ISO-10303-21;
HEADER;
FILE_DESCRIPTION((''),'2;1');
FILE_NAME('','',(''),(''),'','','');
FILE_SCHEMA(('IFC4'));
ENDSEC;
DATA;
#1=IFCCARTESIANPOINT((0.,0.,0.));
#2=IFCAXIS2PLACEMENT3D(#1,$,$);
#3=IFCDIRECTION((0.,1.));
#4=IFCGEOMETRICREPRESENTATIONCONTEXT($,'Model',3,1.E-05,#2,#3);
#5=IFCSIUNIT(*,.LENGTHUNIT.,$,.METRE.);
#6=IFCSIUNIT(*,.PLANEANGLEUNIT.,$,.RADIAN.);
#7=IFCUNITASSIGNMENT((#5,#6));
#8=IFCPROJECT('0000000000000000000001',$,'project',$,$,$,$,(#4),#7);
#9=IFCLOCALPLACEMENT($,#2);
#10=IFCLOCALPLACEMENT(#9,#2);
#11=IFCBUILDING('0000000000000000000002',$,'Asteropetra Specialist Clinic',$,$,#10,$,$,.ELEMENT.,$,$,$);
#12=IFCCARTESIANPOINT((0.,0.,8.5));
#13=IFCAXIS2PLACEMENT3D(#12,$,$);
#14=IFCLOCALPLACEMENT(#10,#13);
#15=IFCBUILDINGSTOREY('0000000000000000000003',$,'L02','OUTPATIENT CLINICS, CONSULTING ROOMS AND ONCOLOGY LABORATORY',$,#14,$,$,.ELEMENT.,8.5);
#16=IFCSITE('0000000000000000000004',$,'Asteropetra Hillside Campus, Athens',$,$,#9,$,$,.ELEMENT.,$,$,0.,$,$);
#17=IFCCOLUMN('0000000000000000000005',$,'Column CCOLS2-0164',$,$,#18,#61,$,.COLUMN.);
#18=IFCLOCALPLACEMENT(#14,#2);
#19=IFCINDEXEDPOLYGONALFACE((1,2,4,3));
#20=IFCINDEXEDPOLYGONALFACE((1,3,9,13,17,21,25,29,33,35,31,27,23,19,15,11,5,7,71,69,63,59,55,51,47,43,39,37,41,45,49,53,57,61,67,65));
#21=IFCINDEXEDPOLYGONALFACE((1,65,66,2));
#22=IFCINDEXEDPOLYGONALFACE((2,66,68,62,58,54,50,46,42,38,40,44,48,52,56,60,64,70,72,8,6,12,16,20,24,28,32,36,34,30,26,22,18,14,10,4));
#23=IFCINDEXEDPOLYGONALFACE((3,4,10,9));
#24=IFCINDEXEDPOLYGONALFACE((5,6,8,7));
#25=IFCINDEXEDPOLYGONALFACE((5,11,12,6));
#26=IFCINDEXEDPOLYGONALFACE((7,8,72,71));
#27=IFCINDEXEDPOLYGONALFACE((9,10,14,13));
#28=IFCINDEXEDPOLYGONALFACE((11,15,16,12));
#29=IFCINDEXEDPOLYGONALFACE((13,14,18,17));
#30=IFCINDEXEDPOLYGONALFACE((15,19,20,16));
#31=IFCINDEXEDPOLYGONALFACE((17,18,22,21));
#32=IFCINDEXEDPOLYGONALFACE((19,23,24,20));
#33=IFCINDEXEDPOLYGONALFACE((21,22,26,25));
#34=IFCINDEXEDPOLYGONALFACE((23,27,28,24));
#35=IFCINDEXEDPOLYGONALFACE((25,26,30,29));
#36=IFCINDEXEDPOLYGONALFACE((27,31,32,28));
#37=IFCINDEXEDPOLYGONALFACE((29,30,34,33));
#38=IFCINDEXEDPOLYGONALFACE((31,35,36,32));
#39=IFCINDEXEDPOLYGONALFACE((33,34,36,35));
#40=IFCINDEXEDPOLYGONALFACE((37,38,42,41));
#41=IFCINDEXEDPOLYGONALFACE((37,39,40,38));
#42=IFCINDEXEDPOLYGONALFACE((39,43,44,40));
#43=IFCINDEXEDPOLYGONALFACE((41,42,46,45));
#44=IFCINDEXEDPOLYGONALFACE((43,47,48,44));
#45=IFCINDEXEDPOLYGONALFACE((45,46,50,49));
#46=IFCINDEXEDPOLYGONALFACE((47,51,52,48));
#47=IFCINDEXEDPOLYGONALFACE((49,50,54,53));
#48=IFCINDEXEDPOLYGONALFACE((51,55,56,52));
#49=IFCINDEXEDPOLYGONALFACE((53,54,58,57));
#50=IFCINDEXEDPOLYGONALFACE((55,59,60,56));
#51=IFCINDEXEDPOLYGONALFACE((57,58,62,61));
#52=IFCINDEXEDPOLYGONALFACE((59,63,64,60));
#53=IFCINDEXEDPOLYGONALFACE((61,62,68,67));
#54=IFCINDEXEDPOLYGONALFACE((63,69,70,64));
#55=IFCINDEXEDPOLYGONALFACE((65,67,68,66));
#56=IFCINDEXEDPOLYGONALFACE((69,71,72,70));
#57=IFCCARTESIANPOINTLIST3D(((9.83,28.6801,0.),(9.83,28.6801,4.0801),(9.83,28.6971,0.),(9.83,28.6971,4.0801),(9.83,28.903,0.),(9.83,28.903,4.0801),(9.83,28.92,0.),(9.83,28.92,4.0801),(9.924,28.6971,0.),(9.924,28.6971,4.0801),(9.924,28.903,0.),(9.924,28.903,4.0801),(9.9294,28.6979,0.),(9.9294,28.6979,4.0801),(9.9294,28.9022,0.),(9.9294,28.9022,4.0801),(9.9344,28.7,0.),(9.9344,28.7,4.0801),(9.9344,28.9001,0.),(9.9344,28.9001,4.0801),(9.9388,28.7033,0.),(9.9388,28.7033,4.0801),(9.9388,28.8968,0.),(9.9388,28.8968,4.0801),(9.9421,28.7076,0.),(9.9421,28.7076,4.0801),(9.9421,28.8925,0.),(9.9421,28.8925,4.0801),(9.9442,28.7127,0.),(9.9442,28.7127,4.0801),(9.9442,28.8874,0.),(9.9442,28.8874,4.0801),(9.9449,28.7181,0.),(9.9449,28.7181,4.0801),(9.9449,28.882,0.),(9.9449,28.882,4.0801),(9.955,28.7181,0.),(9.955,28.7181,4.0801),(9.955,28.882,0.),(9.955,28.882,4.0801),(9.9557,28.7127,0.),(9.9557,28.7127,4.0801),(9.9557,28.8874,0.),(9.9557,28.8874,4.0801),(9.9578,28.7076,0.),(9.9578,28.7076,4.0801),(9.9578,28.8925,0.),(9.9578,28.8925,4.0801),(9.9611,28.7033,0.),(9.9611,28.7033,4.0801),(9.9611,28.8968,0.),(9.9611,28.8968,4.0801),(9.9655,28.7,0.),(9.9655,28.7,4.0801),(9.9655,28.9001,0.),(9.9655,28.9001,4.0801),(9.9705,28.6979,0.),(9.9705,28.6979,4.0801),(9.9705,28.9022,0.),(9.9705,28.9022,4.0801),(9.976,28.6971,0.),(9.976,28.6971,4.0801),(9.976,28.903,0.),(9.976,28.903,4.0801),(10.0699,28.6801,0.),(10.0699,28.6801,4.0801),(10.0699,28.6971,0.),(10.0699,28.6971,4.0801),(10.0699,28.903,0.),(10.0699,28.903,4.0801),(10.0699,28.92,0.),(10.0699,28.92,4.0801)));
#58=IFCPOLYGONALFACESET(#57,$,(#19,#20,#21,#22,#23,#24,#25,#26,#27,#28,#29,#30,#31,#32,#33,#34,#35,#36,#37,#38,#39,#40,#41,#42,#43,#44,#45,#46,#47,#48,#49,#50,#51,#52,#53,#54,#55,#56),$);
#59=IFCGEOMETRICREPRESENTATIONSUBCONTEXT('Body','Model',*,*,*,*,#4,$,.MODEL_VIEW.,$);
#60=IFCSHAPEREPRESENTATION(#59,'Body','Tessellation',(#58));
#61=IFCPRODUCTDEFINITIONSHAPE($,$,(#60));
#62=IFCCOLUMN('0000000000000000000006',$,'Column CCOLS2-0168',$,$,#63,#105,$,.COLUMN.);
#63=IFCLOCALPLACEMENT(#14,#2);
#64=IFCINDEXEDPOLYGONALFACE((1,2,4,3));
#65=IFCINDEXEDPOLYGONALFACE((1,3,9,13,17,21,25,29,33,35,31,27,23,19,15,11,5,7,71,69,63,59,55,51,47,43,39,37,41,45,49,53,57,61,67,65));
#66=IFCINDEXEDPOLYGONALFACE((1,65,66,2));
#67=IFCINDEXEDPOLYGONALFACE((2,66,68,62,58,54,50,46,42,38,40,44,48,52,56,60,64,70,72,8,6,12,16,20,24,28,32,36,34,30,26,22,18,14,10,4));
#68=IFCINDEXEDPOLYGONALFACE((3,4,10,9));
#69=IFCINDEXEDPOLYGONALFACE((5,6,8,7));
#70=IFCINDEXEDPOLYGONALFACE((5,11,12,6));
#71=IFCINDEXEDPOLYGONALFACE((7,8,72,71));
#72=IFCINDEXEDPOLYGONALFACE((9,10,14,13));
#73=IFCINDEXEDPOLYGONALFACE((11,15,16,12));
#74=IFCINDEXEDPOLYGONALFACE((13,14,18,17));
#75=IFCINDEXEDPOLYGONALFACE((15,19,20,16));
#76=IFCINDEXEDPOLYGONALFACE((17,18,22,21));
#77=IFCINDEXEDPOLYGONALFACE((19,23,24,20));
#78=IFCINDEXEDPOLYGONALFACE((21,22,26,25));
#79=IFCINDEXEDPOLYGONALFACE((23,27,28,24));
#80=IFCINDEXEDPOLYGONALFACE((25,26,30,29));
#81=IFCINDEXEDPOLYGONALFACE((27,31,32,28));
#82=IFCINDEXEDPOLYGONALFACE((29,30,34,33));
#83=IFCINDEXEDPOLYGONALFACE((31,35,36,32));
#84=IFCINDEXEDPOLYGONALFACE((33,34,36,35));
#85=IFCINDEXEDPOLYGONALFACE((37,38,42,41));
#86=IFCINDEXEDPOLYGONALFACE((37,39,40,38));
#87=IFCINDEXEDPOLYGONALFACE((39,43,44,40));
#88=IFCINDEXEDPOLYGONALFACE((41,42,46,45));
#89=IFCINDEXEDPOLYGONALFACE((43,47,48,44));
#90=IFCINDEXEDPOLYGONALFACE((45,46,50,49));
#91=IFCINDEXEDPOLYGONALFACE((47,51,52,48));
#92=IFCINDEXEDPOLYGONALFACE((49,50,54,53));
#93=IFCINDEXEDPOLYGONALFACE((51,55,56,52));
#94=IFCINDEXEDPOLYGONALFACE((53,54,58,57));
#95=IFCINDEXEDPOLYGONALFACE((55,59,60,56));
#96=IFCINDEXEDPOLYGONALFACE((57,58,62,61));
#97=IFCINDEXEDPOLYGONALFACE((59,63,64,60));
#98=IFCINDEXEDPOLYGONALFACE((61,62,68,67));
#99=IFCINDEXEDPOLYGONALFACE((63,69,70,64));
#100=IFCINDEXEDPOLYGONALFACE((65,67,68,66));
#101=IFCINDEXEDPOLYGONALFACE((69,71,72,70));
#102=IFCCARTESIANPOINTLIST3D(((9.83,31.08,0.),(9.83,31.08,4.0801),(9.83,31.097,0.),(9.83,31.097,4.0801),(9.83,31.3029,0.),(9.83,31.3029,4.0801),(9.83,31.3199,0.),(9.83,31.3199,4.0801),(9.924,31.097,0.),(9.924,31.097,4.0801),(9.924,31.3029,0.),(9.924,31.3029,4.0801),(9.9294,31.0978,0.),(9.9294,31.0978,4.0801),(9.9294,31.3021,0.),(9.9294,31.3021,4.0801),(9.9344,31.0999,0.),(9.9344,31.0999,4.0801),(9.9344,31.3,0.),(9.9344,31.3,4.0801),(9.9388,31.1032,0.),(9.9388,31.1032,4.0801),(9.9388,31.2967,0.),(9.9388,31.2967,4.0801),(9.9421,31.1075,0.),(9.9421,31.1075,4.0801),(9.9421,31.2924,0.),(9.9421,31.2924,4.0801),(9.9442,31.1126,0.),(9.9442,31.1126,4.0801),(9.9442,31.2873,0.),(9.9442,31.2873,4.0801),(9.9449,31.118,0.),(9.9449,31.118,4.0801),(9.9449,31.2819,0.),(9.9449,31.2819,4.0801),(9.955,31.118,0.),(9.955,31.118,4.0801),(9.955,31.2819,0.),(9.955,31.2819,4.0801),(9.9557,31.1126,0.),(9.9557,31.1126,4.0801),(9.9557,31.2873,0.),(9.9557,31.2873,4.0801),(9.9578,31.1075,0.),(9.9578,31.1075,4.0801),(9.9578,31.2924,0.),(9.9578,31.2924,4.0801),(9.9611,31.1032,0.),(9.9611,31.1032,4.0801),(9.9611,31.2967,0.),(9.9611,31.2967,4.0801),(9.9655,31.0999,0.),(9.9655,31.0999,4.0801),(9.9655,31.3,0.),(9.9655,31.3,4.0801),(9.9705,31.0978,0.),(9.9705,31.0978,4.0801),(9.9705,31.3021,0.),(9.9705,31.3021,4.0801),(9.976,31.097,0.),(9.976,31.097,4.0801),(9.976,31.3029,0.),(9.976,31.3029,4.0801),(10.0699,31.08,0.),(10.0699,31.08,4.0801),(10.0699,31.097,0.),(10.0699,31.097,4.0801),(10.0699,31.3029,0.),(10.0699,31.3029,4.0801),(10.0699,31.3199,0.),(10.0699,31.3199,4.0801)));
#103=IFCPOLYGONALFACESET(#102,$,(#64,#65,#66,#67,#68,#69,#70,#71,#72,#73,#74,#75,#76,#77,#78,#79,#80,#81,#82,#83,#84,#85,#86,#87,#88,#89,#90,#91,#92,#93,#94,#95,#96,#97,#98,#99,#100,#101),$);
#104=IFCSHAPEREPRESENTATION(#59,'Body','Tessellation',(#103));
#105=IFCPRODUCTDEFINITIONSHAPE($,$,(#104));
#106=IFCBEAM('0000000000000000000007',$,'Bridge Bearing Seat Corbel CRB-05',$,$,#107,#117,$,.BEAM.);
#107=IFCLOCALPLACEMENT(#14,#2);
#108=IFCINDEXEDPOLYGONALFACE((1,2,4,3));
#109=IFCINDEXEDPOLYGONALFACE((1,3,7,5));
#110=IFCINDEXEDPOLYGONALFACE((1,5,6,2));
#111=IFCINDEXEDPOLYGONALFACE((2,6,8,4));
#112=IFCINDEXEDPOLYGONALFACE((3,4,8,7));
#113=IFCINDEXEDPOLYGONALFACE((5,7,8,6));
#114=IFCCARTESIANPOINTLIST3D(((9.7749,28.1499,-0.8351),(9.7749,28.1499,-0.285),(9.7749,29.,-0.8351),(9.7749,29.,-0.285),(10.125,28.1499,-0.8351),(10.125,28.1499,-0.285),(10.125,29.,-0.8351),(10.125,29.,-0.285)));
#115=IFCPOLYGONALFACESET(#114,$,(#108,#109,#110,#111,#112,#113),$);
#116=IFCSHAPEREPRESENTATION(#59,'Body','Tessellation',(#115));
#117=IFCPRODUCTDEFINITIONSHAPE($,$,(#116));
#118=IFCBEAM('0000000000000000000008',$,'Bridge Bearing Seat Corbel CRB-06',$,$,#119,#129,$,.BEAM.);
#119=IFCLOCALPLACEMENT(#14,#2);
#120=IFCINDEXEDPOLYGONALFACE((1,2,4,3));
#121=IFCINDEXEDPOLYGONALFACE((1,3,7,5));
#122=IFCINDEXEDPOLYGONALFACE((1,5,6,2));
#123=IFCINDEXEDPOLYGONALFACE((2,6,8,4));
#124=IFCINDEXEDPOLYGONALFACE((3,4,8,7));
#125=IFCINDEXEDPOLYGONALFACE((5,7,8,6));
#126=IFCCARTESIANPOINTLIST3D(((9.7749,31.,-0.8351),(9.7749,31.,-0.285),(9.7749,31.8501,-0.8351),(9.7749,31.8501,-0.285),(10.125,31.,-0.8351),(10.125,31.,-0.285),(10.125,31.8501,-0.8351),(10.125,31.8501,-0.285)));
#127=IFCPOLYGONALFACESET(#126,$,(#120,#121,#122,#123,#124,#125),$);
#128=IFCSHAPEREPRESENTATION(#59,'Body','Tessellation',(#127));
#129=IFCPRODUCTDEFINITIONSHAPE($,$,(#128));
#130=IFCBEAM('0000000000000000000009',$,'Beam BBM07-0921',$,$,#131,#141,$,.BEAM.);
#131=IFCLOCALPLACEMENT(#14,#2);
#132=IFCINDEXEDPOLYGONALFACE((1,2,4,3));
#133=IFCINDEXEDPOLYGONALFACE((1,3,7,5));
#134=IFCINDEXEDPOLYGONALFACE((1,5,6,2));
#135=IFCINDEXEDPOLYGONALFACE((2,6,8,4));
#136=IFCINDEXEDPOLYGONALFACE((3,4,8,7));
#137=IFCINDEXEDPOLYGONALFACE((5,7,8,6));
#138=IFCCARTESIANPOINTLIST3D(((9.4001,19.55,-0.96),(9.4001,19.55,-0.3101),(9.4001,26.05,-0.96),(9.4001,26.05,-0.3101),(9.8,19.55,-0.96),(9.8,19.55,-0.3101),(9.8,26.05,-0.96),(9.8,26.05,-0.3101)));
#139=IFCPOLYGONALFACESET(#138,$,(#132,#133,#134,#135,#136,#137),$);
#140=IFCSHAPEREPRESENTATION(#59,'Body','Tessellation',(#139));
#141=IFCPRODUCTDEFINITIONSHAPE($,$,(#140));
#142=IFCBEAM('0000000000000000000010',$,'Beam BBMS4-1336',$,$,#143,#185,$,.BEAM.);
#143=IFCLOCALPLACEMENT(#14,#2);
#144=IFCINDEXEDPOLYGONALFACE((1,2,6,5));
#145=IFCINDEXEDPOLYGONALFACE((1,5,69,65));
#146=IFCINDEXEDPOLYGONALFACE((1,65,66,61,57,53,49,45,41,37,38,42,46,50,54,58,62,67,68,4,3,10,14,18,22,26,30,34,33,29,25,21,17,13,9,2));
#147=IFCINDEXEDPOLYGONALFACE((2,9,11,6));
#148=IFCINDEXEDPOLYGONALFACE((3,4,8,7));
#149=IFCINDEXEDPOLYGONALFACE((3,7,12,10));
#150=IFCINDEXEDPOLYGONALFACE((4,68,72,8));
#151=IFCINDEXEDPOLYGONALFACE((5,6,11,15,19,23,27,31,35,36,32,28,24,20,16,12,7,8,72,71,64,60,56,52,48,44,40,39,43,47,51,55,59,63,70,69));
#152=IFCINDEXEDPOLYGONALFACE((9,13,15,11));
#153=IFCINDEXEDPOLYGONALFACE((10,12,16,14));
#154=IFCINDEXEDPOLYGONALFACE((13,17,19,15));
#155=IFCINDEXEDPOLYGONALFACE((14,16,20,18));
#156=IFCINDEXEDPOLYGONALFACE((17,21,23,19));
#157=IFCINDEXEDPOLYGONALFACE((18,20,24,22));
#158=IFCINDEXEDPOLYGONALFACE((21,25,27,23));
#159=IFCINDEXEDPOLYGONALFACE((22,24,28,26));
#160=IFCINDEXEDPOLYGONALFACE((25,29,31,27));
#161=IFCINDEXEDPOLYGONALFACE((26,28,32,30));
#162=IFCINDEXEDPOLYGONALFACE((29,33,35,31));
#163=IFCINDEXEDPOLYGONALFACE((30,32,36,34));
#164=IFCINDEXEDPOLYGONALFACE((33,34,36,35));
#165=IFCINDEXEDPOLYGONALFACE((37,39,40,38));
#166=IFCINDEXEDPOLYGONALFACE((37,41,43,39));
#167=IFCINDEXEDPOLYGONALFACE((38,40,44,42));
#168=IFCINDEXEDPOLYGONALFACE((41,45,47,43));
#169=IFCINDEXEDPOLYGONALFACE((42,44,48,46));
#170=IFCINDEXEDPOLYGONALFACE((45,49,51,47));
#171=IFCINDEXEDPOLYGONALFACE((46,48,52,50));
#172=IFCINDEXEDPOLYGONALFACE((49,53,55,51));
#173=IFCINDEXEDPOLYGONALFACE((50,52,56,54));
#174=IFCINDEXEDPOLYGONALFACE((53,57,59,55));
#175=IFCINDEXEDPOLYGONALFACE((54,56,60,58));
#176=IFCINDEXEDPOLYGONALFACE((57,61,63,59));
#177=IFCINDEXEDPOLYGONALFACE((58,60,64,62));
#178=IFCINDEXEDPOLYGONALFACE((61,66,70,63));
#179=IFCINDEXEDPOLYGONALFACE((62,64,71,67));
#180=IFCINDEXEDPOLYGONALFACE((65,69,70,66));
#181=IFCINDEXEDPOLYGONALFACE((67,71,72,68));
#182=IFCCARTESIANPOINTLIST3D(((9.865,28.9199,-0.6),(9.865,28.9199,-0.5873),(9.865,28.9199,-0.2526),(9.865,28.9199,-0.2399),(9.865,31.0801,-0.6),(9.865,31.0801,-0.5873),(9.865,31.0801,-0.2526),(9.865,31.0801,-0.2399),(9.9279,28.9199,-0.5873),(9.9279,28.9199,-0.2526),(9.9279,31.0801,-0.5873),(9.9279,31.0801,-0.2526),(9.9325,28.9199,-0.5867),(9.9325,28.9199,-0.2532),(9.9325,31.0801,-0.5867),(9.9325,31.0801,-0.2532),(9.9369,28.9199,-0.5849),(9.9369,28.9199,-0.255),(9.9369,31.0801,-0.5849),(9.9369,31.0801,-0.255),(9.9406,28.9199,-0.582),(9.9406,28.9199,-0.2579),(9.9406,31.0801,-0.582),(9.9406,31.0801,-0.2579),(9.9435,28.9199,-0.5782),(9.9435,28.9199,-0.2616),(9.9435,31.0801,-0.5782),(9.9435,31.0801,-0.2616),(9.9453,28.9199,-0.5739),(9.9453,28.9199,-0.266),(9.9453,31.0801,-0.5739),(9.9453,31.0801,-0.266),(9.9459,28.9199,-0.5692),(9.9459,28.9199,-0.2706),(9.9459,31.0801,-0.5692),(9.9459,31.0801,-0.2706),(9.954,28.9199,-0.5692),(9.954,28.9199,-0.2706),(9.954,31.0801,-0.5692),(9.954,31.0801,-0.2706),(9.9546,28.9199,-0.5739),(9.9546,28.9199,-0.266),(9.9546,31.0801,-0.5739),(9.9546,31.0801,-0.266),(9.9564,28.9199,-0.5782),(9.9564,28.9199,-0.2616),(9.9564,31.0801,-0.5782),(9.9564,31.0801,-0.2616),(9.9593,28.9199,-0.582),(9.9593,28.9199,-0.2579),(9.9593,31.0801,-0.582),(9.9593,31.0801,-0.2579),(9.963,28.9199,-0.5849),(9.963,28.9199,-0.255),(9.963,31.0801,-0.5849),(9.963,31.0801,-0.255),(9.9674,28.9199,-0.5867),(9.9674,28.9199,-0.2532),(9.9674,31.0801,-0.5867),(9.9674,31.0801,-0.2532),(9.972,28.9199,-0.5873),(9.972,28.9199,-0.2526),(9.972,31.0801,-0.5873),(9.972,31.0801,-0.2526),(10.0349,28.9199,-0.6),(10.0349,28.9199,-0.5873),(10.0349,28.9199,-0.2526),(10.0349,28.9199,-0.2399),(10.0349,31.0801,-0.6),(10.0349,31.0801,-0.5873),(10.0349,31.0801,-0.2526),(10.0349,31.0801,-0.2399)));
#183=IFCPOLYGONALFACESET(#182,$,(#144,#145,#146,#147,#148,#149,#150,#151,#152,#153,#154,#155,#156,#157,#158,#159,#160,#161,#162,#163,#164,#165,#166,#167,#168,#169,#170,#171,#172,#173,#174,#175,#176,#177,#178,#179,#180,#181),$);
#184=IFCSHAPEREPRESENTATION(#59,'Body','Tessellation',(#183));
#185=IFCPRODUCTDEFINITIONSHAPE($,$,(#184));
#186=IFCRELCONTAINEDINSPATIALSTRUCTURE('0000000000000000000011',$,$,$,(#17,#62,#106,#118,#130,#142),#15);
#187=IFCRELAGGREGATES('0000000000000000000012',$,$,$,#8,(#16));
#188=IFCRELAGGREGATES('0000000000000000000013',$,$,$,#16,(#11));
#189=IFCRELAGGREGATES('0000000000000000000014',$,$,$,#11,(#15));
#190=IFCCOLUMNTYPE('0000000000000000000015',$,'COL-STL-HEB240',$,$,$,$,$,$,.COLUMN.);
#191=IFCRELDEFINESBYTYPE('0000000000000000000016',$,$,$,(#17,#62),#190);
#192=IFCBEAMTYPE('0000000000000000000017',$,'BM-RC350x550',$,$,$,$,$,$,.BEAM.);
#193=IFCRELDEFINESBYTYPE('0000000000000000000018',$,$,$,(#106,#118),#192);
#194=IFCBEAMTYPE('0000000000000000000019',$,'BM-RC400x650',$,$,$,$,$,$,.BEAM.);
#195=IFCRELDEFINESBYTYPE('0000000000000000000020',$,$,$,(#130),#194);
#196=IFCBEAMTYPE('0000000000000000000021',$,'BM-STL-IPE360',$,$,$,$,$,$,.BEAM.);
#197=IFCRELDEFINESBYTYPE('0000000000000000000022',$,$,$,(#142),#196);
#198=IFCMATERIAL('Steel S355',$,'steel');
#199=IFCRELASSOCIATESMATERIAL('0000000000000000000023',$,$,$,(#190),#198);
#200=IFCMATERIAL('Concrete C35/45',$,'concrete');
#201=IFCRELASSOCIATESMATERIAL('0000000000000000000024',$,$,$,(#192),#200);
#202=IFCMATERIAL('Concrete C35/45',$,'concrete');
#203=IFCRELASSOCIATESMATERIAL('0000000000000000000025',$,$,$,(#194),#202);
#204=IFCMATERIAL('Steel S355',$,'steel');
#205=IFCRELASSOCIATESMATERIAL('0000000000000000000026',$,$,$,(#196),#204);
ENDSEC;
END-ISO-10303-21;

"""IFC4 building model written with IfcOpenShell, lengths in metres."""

from ifc_helpers import new_model, si_unit, direction, frame, origin, origin_2d, place, context, subcontext, project, spatial, rectangle, i_section, extrude, material, material_profile, profile_set, type_object, element, save


model = new_model("IFC4")

# Units and contexts
model_context = context("Model", 3, precision=1e-05, world=origin(), true_north=direction((0.0, 1.0)))
body_context = subcontext(model_context, "Body", "Model", "MODEL_VIEW")
ifc_project = project(units=[si_unit("LENGTHUNIT", "METRE"), si_unit("PLANEANGLEUNIT", "RADIAN")], contexts=[model_context])

# Site, building, storey
site_placement = place(None, origin())
site = spatial("IfcSite", under=ifc_project, at=site_placement, Name="Asteropetra Hillside Campus, Athens", CompositionType="ELEMENT", RefElevation=0.0)
building_placement = place(site_placement, origin())
building = spatial("IfcBuilding", under=site, at=building_placement, Name="Asteropetra Specialist Clinic", CompositionType="ELEMENT")
storey_placement = place(building_placement, frame((0.0, 0.0, 8.5)))
storey = spatial("IfcBuildingStorey", under=building, at=storey_placement, Name="L02", Description="OUTPATIENT CLINICS, CONSULTING ROOMS AND ONCOLOGY LABORATORY", CompositionType="ELEMENT", Elevation=8.5)

# Columns
ifc_material_1 = material(Name="Steel S355", Category="steel")
ifc_material_profile_1 = material_profile(ifc_material_1, i_section(OverallWidth=0.24, OverallDepth=0.24, WebThickness=0.01, FlangeThickness=0.0171, FilletRadius=0.021, at=origin_2d()), Name="HEB 240")
ifc_profile_set_1 = profile_set([ifc_material_profile_1], Name="Steel S355")
column_type = type_object("IfcColumnType", Name="COL-STL-HEB240", PredefinedType="COLUMN", material=ifc_profile_set_1)
for number, where, z_axis, x_axis, name in (
    (1, (9.95, 28.8, 0.0), (0.0, 0.0, 1.0), (1.0, 0.0, 0.0), "Column CCOLS2-0164"),
    (2, (9.95, 31.2, 0.0), (0.0, 0.0, 1.0), (1.0, 0.0, 0.0), "Column CCOLS2-0168"),
):
    element("IfcColumn", number, at=place(storey_placement, frame(where, z_axis=z_axis, x_axis=x_axis)), inside=storey, type_object=column_type, Name=name, PredefinedType="COLUMN", context=body_context, shape_type="SweptSolid", body=[
        extrude(i_section(OverallWidth=0.24, OverallDepth=0.24, WebThickness=0.01, FlangeThickness=0.0171, FilletRadius=0.021, at=origin_2d()), origin(), (0.0, 0.0, 1.0), 4.0801),
    ])

# Beams
ifc_material_2 = material(Name="Concrete C35/45", Category="concrete")
ifc_material_profile_2 = material_profile(ifc_material_2, rectangle(XDim=0.3501, YDim=0.55, at=origin_2d()), Name="RCB 350x550")
ifc_profile_set_2 = profile_set([ifc_material_profile_2], Name="Concrete C35/45")
beam_type_1 = type_object("IfcBeamType", Name="BM-RC350x550", PredefinedType="BEAM", material=ifc_profile_set_2)
for number, where, z_axis, x_axis, name in (
    (3, (9.95, 29.0, -0.5601), (0.0, -1.0, 0.0), (1.0, 0.0, 0.0), "Bridge Bearing Seat Corbel CRB-05"),
    (4, (9.95, 31.0, -0.5601), (0.0, 1.0, 0.0), (-1.0, 0.0, 0.0), "Bridge Bearing Seat Corbel CRB-06"),
):
    element("IfcBeam", number, at=place(storey_placement, frame(where, z_axis=z_axis, x_axis=x_axis)), inside=storey, type_object=beam_type_1, Name=name, PredefinedType="BEAM", context=body_context, shape_type="SweptSolid", body=[
        extrude(rectangle(XDim=0.3501, YDim=0.55, at=origin_2d()), origin(), (0.0, 0.0, 1.0), 0.8501),
    ])
ifc_material_3 = material(Name="Concrete C35/45", Category="concrete")
ifc_material_profile_3 = material_profile(ifc_material_3, rectangle(XDim=0.3999, YDim=0.6499, at=origin_2d()), Name="RCB 400x650")
ifc_profile_set_3 = profile_set([ifc_material_profile_3], Name="Concrete C35/45")
beam_type_2 = type_object("IfcBeamType", Name="BM-RC400x650", PredefinedType="BEAM", material=ifc_profile_set_3)
beam_1_placement = place(storey_placement, frame((9.6001, 19.55, -0.635), z_axis=(0.0, 1.0, 0.0), x_axis=(-1.0, 0.0, 0.0)))
element("IfcBeam", 5, at=beam_1_placement, inside=storey, type_object=beam_type_2, Name="Beam BBM07-0921", PredefinedType="BEAM", context=body_context, shape_type="SweptSolid", body=[
    extrude(rectangle(XDim=0.3999, YDim=0.6499, at=origin_2d()), origin(), (0.0, 0.0, 1.0), 6.5),
])
ifc_material_4 = material(Name="Steel S355", Category="steel")
ifc_material_profile_4 = material_profile(ifc_material_4, i_section(OverallWidth=0.1699, OverallDepth=0.3601, WebThickness=0.0081, FlangeThickness=0.0127, FilletRadius=0.0181, at=origin_2d()), Name="IPE 360")
ifc_profile_set_4 = profile_set([ifc_material_profile_4], Name="Steel S355")
beam_type_3 = type_object("IfcBeamType", Name="BM-STL-IPE360", PredefinedType="BEAM", material=ifc_profile_set_4)
beam_2_placement = place(storey_placement, frame((9.95, 28.9199, -0.4199), z_axis=(0.0, 1.0, 0.0), x_axis=(-1.0, 0.0, 0.0)))
element("IfcBeam", 6, at=beam_2_placement, inside=storey, type_object=beam_type_3, Name="Beam BBMS4-1336", PredefinedType="BEAM", context=body_context, shape_type="SweptSolid", body=[
    extrude(i_section(OverallWidth=0.1699, OverallDepth=0.3601, WebThickness=0.0081, FlangeThickness=0.0127, FilletRadius=0.0181, at=origin_2d()), origin(), (0.0, 0.0, 1.0), 2.1602),
])

save(model, "model.ifc")
